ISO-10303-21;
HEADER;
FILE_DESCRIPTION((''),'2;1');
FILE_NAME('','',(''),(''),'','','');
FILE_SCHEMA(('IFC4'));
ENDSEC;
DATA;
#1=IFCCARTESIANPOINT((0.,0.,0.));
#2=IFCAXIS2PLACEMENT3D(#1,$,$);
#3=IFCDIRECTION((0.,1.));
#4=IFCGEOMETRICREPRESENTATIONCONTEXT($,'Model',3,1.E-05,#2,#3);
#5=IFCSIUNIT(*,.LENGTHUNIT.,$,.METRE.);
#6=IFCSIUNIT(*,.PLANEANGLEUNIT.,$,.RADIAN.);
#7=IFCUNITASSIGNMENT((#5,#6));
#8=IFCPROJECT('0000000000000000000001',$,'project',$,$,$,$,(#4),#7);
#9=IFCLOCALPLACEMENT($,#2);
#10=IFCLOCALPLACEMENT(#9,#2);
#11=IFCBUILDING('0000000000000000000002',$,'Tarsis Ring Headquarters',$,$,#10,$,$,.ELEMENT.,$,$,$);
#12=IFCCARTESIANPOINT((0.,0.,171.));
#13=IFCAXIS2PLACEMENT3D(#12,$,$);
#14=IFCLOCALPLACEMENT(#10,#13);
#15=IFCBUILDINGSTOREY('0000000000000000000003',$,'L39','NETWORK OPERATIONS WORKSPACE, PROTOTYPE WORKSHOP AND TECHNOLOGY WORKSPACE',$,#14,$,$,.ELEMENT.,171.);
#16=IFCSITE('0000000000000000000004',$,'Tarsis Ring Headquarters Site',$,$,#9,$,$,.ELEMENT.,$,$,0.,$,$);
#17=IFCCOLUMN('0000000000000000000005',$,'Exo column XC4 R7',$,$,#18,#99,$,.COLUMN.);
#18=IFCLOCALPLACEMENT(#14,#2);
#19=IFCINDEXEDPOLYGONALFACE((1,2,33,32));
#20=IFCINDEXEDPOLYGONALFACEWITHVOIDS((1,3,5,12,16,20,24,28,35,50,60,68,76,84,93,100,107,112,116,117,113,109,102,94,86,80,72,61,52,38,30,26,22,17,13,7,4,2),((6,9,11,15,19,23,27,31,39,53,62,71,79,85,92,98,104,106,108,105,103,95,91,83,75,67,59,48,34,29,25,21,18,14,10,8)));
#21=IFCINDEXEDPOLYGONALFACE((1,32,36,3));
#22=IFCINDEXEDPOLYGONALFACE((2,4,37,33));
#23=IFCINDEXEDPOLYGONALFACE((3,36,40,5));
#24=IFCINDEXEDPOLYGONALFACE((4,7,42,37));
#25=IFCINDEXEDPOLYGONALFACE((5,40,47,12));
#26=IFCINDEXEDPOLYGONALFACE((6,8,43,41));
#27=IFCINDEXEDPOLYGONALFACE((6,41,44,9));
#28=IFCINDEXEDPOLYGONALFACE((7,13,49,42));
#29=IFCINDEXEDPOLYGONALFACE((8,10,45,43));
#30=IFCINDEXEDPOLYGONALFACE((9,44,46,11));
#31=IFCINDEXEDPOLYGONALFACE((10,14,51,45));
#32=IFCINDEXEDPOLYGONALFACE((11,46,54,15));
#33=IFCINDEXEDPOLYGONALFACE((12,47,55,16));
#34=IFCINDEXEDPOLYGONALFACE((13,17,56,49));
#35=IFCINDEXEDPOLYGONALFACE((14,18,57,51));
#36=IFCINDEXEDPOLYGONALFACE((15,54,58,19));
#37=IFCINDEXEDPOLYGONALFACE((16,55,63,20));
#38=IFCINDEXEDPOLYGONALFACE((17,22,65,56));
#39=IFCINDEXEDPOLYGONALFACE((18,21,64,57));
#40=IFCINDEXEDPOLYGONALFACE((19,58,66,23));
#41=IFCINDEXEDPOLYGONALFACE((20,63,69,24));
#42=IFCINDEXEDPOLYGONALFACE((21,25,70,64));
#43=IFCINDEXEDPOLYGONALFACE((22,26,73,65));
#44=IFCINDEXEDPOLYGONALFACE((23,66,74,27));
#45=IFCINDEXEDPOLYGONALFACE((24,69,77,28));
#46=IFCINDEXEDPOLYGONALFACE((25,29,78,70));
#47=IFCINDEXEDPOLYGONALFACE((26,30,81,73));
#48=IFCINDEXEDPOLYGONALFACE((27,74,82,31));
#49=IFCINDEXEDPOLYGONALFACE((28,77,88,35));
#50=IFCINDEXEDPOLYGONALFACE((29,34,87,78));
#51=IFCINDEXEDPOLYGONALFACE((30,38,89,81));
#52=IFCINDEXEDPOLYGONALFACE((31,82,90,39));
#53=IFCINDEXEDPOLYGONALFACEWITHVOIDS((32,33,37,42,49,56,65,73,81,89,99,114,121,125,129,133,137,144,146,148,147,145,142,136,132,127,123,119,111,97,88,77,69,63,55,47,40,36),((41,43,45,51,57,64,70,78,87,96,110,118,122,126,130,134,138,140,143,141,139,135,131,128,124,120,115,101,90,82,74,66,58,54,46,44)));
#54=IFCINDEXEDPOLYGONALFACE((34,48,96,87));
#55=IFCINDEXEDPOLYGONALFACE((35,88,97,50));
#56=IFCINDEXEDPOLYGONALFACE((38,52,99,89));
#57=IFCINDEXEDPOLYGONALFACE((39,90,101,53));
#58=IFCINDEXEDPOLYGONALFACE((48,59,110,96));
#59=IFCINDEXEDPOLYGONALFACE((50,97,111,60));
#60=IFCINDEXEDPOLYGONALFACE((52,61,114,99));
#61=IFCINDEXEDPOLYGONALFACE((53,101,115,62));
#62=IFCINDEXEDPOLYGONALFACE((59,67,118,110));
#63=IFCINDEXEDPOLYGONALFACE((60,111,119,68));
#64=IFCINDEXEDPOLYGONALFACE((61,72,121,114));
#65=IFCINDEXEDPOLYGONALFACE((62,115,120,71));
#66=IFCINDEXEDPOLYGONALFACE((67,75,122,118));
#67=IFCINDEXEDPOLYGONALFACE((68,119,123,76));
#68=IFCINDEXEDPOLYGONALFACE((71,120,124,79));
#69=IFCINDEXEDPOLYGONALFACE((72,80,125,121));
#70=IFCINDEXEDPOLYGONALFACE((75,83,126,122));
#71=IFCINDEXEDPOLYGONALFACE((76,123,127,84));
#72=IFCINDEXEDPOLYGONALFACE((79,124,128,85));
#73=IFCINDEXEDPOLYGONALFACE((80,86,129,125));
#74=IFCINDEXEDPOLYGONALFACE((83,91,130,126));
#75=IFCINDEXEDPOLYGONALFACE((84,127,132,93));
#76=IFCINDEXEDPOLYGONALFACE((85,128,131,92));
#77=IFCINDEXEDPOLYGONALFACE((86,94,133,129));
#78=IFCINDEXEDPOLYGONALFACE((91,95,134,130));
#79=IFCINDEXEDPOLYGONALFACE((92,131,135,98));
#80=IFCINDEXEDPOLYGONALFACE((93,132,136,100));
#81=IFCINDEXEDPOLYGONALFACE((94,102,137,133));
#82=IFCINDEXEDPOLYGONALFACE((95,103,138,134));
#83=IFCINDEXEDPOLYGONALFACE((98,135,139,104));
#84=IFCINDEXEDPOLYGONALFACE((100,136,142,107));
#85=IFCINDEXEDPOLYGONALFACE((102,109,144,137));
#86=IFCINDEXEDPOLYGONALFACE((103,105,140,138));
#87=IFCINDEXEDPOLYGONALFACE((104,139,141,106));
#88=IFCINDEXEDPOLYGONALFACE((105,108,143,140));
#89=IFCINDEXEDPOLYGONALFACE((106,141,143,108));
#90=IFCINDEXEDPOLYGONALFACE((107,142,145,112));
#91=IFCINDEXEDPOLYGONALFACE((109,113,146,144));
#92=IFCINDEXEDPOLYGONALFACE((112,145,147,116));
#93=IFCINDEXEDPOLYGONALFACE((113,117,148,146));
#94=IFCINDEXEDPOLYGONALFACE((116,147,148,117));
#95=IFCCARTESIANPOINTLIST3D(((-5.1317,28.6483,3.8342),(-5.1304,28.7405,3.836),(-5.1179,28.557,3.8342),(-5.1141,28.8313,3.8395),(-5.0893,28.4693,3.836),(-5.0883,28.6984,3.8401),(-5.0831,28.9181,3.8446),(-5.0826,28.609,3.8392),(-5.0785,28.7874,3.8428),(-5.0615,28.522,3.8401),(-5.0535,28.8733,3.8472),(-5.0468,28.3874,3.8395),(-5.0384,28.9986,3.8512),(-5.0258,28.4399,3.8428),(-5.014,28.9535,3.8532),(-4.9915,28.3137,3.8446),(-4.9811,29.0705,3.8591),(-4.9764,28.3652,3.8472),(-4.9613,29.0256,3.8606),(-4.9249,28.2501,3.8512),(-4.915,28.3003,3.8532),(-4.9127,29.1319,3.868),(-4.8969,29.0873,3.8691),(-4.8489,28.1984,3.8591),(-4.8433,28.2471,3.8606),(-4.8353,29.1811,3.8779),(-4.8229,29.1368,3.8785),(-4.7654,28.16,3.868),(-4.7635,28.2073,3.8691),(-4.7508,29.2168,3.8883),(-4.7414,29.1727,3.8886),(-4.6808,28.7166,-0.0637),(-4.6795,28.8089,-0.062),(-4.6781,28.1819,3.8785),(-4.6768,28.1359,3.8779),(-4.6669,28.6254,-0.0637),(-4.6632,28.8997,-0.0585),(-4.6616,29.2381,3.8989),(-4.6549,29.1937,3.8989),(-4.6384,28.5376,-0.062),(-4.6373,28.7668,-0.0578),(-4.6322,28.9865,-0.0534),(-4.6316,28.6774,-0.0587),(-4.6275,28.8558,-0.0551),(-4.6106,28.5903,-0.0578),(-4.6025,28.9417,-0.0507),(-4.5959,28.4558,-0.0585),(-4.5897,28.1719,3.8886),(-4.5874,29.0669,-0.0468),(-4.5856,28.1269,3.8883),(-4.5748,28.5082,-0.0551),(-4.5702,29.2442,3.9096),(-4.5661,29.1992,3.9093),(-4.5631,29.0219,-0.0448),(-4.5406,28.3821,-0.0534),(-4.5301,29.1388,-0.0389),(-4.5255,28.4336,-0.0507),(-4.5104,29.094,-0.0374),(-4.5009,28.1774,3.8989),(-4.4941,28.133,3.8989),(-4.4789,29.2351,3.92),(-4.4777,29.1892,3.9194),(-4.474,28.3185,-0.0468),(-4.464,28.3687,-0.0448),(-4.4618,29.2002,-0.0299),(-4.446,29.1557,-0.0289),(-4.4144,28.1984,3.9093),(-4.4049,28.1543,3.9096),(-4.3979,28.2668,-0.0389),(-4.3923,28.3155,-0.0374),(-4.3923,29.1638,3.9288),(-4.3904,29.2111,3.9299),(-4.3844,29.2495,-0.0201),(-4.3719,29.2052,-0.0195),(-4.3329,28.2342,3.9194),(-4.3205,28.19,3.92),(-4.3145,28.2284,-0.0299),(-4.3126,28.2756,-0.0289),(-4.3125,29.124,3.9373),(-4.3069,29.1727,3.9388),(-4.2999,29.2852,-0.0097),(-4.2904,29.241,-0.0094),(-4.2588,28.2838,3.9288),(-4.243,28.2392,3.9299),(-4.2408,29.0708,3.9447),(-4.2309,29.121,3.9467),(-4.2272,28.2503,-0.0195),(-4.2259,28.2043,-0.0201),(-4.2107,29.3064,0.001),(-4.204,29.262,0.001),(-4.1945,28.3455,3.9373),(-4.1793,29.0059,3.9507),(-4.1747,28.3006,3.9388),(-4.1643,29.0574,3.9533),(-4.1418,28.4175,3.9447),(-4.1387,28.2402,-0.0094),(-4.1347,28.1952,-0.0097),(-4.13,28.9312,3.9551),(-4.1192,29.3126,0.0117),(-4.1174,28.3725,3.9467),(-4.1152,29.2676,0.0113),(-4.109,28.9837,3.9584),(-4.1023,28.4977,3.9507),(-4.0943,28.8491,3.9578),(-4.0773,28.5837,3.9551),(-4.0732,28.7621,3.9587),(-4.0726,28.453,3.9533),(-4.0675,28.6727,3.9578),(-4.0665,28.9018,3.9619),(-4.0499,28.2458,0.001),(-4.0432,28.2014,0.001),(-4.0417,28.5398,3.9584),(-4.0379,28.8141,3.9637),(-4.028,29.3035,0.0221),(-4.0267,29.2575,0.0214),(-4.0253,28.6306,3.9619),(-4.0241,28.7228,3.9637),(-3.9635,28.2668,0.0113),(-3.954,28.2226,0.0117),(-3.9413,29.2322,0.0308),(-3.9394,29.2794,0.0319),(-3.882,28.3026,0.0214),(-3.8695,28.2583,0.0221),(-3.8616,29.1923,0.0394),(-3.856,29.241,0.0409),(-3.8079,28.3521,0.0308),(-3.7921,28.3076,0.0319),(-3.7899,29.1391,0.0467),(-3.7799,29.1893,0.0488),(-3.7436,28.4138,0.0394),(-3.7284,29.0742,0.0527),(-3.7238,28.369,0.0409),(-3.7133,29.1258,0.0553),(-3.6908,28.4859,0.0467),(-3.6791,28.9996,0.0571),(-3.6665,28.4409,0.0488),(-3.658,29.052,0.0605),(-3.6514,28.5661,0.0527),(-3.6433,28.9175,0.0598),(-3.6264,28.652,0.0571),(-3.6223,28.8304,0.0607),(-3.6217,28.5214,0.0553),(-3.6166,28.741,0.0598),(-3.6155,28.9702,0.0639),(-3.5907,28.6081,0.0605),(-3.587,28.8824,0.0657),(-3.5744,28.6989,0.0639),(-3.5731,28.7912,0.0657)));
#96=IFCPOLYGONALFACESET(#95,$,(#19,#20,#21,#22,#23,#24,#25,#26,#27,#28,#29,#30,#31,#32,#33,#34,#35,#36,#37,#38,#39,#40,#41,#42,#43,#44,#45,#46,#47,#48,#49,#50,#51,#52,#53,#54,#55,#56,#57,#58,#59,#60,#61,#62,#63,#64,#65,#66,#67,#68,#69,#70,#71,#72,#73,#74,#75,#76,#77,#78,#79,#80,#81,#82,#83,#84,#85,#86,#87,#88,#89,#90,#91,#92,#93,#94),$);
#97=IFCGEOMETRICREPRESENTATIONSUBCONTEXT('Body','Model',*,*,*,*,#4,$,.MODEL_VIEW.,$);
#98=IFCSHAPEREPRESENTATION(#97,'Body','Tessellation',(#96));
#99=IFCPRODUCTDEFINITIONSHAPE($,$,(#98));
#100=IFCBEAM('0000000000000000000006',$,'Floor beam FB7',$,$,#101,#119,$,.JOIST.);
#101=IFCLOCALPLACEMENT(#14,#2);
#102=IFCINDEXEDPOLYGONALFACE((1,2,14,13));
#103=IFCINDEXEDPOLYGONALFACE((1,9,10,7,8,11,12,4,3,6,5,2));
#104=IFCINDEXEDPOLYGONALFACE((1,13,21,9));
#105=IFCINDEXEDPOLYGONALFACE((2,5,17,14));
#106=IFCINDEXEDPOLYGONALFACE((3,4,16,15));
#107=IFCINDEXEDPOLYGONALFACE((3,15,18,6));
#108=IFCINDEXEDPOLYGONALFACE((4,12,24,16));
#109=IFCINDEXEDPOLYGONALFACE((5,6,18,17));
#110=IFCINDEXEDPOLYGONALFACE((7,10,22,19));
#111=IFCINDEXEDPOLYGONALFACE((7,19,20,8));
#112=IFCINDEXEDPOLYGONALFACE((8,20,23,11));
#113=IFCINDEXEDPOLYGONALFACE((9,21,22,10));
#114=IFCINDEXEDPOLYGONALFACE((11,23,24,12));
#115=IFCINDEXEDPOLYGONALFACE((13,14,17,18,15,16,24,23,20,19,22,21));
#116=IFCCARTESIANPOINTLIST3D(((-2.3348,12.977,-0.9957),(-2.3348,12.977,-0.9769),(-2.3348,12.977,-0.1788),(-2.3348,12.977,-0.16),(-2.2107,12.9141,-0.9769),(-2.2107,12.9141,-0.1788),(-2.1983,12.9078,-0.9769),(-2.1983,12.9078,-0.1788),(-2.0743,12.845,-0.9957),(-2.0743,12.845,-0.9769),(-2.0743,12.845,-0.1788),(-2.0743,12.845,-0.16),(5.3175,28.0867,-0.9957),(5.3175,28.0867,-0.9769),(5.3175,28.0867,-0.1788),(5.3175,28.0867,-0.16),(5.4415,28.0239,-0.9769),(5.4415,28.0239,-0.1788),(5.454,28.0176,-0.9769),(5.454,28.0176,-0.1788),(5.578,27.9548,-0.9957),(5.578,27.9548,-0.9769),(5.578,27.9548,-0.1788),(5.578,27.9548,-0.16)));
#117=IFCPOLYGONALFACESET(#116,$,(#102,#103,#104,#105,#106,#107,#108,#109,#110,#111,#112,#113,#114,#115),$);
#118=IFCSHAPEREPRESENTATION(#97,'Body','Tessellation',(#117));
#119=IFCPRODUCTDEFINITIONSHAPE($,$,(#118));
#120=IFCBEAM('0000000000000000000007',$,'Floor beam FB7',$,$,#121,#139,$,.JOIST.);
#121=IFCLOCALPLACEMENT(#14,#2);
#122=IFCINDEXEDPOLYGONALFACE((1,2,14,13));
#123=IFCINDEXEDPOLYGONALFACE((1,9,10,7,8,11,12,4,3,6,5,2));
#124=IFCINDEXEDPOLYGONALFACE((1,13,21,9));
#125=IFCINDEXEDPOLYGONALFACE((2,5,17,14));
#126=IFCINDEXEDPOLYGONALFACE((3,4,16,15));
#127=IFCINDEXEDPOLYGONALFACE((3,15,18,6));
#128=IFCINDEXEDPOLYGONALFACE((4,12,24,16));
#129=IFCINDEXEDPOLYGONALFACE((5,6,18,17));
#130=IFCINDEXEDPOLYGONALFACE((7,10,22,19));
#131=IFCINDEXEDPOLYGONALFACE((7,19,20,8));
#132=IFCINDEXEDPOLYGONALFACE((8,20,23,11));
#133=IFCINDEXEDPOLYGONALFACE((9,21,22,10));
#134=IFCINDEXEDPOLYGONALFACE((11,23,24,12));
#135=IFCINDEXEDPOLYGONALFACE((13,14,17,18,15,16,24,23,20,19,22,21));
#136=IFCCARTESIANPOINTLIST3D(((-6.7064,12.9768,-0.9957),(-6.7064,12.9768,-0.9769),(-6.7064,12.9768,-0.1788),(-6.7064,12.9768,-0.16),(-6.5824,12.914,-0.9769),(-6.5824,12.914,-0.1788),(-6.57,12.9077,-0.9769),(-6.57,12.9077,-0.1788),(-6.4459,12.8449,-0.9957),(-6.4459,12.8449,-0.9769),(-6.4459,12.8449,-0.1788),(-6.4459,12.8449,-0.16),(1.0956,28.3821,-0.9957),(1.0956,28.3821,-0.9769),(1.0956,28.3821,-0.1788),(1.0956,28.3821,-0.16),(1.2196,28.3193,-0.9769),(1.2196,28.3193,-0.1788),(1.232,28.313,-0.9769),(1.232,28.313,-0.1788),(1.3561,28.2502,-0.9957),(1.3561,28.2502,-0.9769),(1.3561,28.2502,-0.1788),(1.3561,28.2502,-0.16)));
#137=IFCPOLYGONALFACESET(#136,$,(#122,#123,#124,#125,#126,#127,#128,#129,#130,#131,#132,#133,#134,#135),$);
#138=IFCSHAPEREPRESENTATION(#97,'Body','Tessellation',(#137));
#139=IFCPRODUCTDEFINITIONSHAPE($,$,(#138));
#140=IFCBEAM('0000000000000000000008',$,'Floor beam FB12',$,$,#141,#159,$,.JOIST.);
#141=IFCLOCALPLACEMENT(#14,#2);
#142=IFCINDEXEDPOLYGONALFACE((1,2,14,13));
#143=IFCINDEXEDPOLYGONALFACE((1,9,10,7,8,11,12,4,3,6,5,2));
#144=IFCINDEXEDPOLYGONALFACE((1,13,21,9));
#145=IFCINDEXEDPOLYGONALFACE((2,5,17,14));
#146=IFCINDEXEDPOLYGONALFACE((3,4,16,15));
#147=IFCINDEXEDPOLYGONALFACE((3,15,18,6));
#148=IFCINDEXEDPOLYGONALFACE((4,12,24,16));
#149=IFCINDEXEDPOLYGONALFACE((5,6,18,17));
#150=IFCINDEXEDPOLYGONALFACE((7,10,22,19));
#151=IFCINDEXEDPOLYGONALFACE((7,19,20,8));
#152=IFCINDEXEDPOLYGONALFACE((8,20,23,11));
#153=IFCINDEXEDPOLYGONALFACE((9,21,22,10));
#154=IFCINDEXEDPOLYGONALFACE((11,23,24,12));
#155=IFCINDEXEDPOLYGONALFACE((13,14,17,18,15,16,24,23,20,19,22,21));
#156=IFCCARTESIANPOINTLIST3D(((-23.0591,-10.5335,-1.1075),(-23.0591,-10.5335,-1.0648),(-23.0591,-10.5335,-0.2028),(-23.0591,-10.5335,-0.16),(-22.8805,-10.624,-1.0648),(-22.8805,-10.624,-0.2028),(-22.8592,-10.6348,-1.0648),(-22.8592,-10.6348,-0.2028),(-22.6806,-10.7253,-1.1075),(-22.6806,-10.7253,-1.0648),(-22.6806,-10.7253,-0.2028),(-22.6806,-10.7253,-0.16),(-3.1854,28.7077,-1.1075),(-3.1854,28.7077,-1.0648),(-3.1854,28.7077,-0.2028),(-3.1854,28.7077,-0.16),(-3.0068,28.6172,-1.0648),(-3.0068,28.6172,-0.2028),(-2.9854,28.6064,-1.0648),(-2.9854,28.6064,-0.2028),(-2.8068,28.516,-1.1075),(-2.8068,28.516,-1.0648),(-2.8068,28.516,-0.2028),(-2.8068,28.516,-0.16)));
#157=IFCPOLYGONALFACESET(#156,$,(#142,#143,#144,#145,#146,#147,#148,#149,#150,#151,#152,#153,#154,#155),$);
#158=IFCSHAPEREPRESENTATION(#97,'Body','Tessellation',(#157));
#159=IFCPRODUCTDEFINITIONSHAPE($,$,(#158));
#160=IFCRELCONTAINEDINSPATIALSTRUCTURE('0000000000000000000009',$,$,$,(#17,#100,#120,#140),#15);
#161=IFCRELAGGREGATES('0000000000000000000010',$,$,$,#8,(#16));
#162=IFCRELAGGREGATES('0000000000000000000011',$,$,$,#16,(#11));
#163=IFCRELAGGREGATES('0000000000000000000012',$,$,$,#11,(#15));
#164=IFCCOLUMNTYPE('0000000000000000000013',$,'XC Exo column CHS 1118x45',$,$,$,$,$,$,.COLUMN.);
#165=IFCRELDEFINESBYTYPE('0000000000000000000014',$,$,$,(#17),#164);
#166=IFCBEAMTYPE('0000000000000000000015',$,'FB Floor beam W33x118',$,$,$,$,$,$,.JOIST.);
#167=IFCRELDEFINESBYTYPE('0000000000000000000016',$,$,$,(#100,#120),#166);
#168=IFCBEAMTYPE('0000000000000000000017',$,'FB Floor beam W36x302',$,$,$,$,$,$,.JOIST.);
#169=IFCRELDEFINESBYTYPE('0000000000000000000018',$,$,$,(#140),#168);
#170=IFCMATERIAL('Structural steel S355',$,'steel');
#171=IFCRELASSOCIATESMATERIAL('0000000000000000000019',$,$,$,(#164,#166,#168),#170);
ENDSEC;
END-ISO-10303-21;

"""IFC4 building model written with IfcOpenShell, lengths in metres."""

from ifc_helpers import new_model, si_unit, direction, frame, origin, origin_2d, place, context, subcontext, project, spatial, hollow_circle, i_section, extrude, material, material_profile, profile_set, type_object, element, save


model = new_model("IFC4")

# Units and contexts
model_context = context("Model", 3, precision=1e-05, world=origin(), true_north=direction((0.0, 1.0)))
body_context = subcontext(model_context, "Body", "Model", "MODEL_VIEW")
ifc_project = project(units=[si_unit("LENGTHUNIT", "METRE"), si_unit("PLANEANGLEUNIT", "RADIAN")], contexts=[model_context])

# Site, building, storey
site_placement = place(None, origin())
site = spatial("IfcSite", under=ifc_project, at=site_placement, Name="Tarsis Ring Headquarters Site", CompositionType="ELEMENT", RefElevation=0.0)
building_placement = place(site_placement, origin())
building = spatial("IfcBuilding", under=site, at=building_placement, Name="Tarsis Ring Headquarters", CompositionType="ELEMENT")
storey_placement = place(building_placement, frame((0.0, 0.0, 171.0)))
storey = spatial("IfcBuildingStorey", under=building, at=storey_placement, Name="L39", Description="NETWORK OPERATIONS WORKSPACE, PROTOTYPE WORKSHOP AND TECHNOLOGY WORKSPACE", CompositionType="ELEMENT", Elevation=171.0)

# Column
ifc_material_1 = material(Name="Structural steel S355", Category="steel")
ifc_material_profile_1 = material_profile(ifc_material_1, hollow_circle(Radius=0.5588, WallThickness=0.0449, at=origin_2d()), Name="CHS 1118x45")
ifc_profile_set_1 = profile_set([ifc_material_profile_1], Name="Structural steel S355")
column_type = type_object("IfcColumnType", Name="XC Exo column CHS 1118x45", PredefinedType="COLUMN", material=ifc_profile_set_1)
column_placement = place(storey_placement, frame((-4.127, 28.7539, 0.001), z_axis=(-0.1149, -0.017418, 0.993224), x_axis=(0.149885, -0.988703, 0.0)))
element("IfcColumn", 1, at=column_placement, inside=storey, type_object=column_type, Name="Exo column XC4 R7", PredefinedType="COLUMN", context=body_context, shape_type="SweptSolid", body=[
    extrude(hollow_circle(Radius=0.5588, WallThickness=0.0449, at=origin_2d()), origin(), (0.0, 0.0, 1.0), 3.9246),
])

# Beams
ifc_material_profile_2 = material_profile(ifc_material_1, i_section(OverallWidth=0.292, OverallDepth=0.8357, WebThickness=0.0139, FlangeThickness=0.0188, at=origin_2d()), Name="W33x118")
ifc_profile_set_2 = profile_set([ifc_material_profile_2], Name="Structural steel S355")
beam_type_1 = type_object("IfcBeamType", Name="FB Floor beam W33x118", PredefinedType="JOIST", material=ifc_profile_set_2)
beam_1_placement = place(storey_placement, frame((5.4478, 28.0208, -0.5779), z_axis=(-0.451809, -0.892115, 0.0), x_axis=(0.892115, -0.451809, 0.0)))
element("IfcBeam", 2, at=beam_1_placement, inside=storey, type_object=beam_type_1, Name="Floor beam FB7", PredefinedType="JOIST", context=body_context, shape_type="SweptSolid", body=[
    extrude(i_section(OverallWidth=0.292, OverallDepth=0.8357, WebThickness=0.0139, FlangeThickness=0.0188, at=origin_2d()), origin(), (0.0, 0.0, 1.0), 16.937),
])
beam_2_placement = place(storey_placement, frame((1.2258, 28.3162, -0.5779), z_axis=(-0.451811, -0.892114, 0.0), x_axis=(0.892114, -0.451811, 0.0)))
element("IfcBeam", 3, at=beam_2_placement, inside=storey, type_object=beam_type_1, Name="Floor beam FB7", PredefinedType="JOIST", context=body_context, shape_type="SweptSolid", body=[
    extrude(i_section(OverallWidth=0.292, OverallDepth=0.8357, WebThickness=0.0139, FlangeThickness=0.0188, at=origin_2d()), origin(), (0.0, 0.0, 1.0), 17.2683),
])
ifc_material_profile_3 = material_profile(ifc_material_1, i_section(OverallWidth=0.4243, OverallDepth=0.9475, WebThickness=0.0239, FlangeThickness=0.0427, at=origin_2d()), Name="W36x302")
ifc_profile_set_3 = profile_set([ifc_material_profile_3], Name="Structural steel S355")
beam_type_2 = type_object("IfcBeamType", Name="FB Floor beam W36x302", PredefinedType="JOIST", material=ifc_profile_set_3)
beam_3_placement = place(storey_placement, frame((-2.9961, 28.6118, -0.6338), z_axis=(-0.451812, -0.892113, 0.0), x_axis=(0.892113, -0.451812, 0.0)))
element("IfcBeam", 4, at=beam_3_placement, inside=storey, type_object=beam_type_2, Name="Floor beam FB12", PredefinedType="JOIST", context=body_context, shape_type="SweptSolid", body=[
    extrude(i_section(OverallWidth=0.4243, OverallDepth=0.9475, WebThickness=0.0239, FlangeThickness=0.0427, at=origin_2d()), origin(), (0.0, 0.0, 1.0), 43.9868),
])

save(model, "model.ifc")
